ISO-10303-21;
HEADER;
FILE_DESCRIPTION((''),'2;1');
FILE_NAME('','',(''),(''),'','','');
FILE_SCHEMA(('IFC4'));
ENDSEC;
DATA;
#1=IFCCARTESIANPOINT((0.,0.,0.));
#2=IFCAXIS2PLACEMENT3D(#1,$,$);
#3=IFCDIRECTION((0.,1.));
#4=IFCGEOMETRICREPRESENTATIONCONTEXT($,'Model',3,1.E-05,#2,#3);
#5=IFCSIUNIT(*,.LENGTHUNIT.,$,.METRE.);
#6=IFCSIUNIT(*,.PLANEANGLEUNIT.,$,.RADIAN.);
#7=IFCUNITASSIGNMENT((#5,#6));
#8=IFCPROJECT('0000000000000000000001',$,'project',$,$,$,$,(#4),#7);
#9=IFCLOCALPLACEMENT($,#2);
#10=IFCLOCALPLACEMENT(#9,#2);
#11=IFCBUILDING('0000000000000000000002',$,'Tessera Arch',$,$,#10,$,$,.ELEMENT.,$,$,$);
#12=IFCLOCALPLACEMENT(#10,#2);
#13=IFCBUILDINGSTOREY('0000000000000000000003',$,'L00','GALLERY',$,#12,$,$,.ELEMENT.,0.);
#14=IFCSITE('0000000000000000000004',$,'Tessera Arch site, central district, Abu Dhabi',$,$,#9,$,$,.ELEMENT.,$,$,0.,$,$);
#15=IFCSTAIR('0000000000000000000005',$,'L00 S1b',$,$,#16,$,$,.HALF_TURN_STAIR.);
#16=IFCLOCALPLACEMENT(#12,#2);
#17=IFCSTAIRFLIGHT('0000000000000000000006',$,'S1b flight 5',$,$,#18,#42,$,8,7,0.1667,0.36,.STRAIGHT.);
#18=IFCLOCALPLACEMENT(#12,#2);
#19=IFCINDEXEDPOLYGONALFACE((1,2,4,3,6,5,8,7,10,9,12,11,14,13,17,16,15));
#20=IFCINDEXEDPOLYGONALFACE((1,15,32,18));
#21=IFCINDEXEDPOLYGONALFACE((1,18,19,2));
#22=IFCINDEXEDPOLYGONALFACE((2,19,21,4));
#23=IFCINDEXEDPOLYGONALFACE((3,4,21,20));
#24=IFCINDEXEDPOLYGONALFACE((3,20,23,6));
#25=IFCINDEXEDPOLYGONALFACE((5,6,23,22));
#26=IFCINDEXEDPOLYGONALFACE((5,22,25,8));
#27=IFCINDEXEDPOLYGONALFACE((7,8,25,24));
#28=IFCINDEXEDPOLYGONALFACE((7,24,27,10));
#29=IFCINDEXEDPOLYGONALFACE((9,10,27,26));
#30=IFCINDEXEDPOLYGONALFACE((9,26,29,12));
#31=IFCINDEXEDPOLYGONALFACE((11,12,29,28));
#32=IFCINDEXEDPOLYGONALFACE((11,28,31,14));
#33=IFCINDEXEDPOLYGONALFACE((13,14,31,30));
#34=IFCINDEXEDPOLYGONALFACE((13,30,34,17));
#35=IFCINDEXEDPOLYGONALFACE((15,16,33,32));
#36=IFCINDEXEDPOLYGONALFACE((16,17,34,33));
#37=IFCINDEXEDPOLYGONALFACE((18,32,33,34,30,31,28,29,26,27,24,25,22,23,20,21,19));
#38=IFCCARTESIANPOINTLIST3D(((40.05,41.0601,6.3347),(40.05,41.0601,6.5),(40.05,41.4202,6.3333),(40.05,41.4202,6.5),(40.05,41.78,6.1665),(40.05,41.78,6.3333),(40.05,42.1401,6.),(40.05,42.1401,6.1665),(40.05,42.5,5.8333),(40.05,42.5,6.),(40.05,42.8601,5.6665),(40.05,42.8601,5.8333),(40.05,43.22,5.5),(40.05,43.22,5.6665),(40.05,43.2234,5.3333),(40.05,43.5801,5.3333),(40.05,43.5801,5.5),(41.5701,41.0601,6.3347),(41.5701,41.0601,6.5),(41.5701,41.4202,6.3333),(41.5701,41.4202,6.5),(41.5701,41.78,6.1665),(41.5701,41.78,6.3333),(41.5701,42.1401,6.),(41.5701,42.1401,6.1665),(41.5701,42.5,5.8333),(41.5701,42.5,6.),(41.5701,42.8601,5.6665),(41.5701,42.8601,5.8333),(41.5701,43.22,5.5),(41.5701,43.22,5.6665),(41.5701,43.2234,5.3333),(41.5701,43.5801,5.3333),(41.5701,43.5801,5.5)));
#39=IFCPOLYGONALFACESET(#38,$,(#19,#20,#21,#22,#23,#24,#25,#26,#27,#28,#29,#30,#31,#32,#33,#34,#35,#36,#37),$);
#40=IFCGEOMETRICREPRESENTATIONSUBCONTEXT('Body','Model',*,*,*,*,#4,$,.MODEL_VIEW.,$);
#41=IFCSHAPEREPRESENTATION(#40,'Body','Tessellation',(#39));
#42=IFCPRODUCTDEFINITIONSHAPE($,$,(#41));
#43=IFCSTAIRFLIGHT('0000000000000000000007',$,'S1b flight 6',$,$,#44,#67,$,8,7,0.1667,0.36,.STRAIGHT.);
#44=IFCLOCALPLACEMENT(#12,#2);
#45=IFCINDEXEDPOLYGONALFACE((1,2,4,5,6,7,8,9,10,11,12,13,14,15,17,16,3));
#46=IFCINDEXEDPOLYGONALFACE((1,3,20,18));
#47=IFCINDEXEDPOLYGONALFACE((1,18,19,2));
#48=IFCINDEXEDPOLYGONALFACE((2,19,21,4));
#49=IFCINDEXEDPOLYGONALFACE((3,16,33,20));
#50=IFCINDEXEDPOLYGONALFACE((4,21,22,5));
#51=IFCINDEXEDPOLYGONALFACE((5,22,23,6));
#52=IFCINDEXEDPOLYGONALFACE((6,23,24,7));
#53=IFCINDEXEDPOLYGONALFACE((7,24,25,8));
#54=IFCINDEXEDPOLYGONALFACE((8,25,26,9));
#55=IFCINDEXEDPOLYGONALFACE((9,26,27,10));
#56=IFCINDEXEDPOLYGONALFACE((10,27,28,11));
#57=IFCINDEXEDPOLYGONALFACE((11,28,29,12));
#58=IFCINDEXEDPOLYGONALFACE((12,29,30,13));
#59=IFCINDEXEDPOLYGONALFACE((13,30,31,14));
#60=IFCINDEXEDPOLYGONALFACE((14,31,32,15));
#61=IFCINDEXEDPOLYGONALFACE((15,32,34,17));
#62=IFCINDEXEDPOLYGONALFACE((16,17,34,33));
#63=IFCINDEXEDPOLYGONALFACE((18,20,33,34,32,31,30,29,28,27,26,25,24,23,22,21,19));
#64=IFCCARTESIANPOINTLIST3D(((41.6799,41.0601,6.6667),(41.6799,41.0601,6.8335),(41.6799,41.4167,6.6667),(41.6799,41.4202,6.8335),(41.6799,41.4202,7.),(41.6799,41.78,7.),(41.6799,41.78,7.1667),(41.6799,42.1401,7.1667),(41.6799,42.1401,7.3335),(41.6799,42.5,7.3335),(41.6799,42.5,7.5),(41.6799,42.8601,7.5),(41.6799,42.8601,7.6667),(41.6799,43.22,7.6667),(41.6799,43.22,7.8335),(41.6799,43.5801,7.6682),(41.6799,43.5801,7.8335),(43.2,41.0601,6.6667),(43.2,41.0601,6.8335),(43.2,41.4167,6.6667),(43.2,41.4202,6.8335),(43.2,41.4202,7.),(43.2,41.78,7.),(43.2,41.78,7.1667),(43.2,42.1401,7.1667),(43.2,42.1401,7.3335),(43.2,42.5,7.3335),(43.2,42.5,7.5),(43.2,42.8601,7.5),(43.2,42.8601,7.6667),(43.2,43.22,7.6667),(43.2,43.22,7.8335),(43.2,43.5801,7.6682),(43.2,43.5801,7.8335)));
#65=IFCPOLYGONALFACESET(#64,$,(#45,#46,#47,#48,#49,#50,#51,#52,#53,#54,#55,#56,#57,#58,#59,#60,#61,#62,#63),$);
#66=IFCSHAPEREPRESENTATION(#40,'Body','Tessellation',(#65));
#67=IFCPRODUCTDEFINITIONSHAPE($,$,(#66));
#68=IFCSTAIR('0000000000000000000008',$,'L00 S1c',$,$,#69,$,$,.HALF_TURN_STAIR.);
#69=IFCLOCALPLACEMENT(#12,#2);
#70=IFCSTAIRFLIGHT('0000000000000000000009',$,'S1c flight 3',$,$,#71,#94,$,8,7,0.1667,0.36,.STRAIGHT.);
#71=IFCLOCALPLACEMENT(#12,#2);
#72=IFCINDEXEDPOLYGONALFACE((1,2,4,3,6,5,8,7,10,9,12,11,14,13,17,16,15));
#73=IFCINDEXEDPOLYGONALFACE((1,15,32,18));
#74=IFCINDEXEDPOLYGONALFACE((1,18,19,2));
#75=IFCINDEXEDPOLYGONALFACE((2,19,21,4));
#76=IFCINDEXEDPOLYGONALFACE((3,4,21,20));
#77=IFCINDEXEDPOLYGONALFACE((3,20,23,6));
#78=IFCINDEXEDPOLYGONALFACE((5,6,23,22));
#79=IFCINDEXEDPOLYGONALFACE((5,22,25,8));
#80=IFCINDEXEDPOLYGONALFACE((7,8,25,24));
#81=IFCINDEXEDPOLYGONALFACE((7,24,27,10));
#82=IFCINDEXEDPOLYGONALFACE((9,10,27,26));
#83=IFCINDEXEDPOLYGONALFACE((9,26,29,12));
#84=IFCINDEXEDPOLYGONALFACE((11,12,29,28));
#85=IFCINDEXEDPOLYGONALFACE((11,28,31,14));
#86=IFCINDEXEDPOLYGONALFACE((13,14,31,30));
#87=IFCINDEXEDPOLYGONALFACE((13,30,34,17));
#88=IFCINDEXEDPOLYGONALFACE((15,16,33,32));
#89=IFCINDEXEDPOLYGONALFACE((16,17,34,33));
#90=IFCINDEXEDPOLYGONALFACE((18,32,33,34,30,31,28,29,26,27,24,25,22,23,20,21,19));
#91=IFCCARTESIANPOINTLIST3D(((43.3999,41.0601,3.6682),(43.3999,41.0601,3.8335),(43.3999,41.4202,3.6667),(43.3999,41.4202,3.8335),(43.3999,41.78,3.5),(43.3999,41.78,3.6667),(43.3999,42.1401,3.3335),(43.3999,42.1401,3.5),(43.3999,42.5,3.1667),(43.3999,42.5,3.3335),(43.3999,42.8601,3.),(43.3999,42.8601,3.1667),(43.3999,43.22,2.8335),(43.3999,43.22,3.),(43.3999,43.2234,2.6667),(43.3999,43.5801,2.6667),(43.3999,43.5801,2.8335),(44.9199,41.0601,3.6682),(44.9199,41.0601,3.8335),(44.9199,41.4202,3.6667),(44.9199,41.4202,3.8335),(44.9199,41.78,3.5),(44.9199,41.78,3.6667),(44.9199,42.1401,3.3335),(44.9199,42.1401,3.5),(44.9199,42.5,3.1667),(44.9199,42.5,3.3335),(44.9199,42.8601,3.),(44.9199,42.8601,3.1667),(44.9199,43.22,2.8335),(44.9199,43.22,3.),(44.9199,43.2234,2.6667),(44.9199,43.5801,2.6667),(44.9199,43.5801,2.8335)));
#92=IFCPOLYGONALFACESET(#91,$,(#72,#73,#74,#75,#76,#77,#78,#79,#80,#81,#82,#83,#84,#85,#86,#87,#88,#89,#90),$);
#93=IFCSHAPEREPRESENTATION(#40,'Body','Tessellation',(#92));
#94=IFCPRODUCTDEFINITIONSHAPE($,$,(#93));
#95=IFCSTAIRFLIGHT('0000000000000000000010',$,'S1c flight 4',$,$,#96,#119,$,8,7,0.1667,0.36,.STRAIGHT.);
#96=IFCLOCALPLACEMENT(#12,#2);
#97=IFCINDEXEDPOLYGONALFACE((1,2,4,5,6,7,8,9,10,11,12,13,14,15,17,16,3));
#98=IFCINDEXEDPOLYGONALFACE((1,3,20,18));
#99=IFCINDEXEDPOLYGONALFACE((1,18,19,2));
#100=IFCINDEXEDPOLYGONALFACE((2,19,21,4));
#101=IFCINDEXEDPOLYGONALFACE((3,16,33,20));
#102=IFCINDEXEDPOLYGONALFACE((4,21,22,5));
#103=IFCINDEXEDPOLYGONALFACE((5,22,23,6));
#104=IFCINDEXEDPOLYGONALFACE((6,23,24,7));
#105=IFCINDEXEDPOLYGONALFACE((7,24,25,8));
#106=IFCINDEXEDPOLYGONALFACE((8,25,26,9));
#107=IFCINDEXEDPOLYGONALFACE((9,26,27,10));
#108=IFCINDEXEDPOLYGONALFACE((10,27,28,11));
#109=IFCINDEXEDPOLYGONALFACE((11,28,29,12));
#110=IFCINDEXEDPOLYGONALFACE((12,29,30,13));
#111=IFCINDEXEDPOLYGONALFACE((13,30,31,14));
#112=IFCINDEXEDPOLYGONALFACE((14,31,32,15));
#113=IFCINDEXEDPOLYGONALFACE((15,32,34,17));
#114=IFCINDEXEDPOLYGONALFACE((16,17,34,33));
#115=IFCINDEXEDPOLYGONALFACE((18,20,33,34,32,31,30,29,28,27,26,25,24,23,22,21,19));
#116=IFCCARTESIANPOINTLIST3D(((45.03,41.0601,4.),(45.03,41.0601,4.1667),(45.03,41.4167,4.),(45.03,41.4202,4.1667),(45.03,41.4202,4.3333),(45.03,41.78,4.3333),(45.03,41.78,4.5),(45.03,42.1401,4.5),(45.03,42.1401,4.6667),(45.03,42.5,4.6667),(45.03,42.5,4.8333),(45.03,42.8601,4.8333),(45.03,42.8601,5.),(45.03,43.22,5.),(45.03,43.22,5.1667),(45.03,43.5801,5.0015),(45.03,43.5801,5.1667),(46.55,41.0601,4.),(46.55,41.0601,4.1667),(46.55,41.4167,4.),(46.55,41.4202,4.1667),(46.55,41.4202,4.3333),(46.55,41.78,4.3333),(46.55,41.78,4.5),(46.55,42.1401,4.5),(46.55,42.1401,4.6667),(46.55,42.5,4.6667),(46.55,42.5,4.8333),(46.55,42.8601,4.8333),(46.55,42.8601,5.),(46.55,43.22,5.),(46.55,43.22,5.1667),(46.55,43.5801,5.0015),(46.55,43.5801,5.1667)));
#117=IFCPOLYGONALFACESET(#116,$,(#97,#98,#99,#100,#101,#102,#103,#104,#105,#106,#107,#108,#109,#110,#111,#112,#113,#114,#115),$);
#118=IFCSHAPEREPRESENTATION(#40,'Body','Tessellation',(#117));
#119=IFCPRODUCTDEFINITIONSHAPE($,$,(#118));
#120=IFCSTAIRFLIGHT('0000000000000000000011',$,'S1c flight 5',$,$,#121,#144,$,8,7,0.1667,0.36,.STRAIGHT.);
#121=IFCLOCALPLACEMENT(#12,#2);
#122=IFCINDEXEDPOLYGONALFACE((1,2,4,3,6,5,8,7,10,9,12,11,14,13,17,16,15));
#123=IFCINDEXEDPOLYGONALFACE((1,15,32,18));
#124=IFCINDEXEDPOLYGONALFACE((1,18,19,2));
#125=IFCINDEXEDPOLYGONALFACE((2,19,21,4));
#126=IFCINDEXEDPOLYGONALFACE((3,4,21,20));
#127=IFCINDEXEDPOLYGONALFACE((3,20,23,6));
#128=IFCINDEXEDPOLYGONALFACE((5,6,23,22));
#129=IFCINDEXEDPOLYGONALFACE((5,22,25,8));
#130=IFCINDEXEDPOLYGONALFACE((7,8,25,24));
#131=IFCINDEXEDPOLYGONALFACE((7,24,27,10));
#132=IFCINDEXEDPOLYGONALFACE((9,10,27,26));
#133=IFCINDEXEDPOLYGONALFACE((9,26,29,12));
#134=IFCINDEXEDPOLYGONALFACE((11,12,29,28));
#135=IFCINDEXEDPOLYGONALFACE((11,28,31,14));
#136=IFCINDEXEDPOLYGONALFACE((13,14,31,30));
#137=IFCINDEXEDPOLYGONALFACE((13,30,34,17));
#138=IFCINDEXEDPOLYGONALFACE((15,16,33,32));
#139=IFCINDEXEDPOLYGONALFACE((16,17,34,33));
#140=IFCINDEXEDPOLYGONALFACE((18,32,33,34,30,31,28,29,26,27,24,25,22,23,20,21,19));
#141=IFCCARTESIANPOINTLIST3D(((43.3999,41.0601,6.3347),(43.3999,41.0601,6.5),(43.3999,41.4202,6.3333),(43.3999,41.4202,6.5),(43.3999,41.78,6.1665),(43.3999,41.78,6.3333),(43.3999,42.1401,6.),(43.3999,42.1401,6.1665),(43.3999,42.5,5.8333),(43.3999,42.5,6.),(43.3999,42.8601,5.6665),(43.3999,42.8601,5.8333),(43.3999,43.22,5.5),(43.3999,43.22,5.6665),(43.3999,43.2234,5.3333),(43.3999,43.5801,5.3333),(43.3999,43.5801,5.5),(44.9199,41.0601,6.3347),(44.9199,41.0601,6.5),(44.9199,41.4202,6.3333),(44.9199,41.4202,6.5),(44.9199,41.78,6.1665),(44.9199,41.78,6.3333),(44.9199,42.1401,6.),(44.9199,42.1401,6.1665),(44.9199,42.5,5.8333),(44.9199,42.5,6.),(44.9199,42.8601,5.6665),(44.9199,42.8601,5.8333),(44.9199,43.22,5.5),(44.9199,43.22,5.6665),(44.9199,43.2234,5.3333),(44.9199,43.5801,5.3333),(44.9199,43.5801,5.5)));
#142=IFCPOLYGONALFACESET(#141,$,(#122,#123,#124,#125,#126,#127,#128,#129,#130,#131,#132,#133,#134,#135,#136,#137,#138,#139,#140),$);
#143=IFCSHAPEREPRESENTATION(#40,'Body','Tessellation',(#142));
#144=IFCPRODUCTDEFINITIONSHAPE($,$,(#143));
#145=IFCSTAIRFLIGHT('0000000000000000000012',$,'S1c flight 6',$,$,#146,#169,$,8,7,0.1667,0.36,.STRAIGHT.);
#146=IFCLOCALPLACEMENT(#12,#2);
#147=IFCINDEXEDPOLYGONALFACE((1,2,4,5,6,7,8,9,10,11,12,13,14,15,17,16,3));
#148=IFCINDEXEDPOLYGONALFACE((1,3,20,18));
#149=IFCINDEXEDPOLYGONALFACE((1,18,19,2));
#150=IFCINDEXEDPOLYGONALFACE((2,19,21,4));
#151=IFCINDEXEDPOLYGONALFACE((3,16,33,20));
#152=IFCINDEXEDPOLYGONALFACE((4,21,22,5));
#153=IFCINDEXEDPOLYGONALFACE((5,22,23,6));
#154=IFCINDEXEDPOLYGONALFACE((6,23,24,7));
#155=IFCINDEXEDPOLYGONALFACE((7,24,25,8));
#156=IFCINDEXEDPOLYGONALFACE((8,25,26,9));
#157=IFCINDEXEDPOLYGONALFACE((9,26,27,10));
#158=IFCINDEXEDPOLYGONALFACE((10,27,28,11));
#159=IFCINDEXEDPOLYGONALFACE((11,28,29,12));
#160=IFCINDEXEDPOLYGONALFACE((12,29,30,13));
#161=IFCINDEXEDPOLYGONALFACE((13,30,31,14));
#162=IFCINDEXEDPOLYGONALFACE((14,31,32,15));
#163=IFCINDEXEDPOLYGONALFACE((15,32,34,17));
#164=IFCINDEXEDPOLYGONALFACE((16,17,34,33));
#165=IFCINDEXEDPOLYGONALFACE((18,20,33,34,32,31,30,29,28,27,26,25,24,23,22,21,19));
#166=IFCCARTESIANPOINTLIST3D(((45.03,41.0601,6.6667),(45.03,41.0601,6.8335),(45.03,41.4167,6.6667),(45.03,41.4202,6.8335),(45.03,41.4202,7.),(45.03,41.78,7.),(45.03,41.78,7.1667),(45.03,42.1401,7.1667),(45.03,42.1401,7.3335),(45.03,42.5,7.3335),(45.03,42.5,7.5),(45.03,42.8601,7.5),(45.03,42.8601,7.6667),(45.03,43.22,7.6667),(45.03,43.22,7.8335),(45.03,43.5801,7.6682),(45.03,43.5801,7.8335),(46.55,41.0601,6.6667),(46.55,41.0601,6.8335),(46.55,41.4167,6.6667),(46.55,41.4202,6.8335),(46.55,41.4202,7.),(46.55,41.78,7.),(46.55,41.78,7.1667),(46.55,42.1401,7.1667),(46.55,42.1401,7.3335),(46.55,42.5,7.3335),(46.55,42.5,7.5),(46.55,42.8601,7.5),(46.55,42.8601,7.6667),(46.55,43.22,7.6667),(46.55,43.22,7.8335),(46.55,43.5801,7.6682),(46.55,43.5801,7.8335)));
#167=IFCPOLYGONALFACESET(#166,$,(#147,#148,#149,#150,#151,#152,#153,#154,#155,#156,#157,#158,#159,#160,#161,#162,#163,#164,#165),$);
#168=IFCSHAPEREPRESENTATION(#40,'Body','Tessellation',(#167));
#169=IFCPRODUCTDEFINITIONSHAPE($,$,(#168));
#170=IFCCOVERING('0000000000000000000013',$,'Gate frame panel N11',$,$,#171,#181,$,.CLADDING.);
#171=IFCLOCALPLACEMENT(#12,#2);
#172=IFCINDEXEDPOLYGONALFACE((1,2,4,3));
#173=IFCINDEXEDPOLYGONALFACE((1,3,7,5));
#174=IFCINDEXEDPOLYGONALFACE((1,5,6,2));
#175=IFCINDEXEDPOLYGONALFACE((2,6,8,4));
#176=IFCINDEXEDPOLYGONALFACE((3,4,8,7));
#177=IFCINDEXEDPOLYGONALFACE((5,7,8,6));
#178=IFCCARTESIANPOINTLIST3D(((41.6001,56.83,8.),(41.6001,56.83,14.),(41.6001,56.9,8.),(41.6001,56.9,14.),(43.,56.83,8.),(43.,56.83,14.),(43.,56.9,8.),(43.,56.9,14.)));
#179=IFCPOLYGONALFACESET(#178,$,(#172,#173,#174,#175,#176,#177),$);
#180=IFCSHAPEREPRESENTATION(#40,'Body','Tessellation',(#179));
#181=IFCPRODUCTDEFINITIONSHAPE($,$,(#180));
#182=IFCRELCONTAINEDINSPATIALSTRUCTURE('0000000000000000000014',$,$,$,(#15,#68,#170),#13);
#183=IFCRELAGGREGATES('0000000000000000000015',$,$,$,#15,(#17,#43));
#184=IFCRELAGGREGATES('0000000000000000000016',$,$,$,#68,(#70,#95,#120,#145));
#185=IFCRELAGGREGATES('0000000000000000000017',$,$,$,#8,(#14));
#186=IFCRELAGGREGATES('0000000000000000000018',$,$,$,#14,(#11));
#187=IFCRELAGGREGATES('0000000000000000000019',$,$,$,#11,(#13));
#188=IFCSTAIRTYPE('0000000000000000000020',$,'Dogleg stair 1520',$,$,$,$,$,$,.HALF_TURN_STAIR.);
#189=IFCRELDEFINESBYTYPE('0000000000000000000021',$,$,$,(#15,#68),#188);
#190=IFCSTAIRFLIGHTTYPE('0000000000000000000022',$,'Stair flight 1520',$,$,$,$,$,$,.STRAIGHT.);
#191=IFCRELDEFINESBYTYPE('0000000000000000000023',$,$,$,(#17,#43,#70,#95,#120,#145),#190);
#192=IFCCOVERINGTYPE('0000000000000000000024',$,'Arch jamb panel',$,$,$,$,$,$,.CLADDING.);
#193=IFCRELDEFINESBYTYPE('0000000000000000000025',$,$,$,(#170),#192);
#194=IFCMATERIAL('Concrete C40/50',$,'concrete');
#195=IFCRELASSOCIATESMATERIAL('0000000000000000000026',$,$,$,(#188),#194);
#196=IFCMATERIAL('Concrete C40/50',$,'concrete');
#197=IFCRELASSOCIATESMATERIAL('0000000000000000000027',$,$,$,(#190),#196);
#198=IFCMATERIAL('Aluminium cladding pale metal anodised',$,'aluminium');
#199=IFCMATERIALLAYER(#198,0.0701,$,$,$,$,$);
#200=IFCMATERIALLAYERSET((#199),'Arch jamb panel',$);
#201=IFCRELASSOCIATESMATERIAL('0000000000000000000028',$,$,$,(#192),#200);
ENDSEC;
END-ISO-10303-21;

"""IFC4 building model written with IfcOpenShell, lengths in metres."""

from ifc_helpers import new_model, si_unit, direction, frame, origin, origin_2d, place, context, subcontext, project, spatial, polyline, rectangle, outline, extrude, material, layer, layer_set, type_object, element, aggregate, save


model = new_model("IFC4")

# Units and contexts
model_context = context("Model", 3, precision=1e-05, world=origin(), true_north=direction((0.0, 1.0)))
body_context = subcontext(model_context, "Body", "Model", "MODEL_VIEW")
ifc_project = project(units=[si_unit("LENGTHUNIT", "METRE"), si_unit("PLANEANGLEUNIT", "RADIAN")], contexts=[model_context])

# Site, building, storey
site_placement = place(None, origin())
site = spatial("IfcSite", under=ifc_project, at=site_placement, Name="Tessera Arch site, central district, Abu Dhabi", CompositionType="ELEMENT", RefElevation=0.0)
building_placement = place(site_placement, origin())
building = spatial("IfcBuilding", under=site, at=building_placement, Name="Tessera Arch", CompositionType="ELEMENT")
storey_placement = place(building_placement, origin())
storey = spatial("IfcBuildingStorey", under=building, at=storey_placement, Name="L00", Description="GALLERY", CompositionType="ELEMENT", Elevation=0.0)

# Stairs, stair flights
ifc_material_1 = material(Name="Concrete C40/50", Category="concrete")
stair_type = type_object("IfcStairType", Name="Dogleg stair 1520", PredefinedType="HALF_TURN_STAIR", material=ifc_material_1)
stair_1_placement = place(storey_placement, origin())
stair_1 = element("IfcStair", 1, at=stair_1_placement, inside=storey, type_object=stair_type, Name="L00 S1b", PredefinedType="HALF_TURN_STAIR")
ifc_material_2 = material(Name="Concrete C40/50", Category="concrete")
stair_flight_type = type_object("IfcStairFlightType", Name="Stair flight 1520", PredefinedType="STRAIGHT", material=ifc_material_2)
stair_flight_1_placement = place(storey_placement, frame((40.8101, 43.5801, 5.3333), z_axis=(0.0, 0.0, 1.0), x_axis=(0.0, -1.0, 0.0)))
stair_flight_1 = element("IfcStairFlight", 2, at=stair_flight_1_placement, type_object=stair_flight_type, Name="S1b flight 5", NumberOfRisers=8, NumberOfTreads=7, PredefinedType="STRAIGHT", RiserHeight=0.1667, TreadLength=0.36, context=body_context, shape_type="SweptSolid", body=[
    extrude(outline(polyline([(0.0, 0.0), (0.0, 0.1667), (0.3601, 0.1667), (0.3601, 0.3333), (0.72, 0.3333), (0.72, 0.5), (1.0801, 0.5), (1.0801, 0.6667), (1.4399, 0.6667), (1.4399, 0.8333), (1.8, 0.8333), (1.8, 1.0), (2.1599, 1.0), (2.1599, 1.1667), (2.52, 1.1667), (2.52, 1.3333), (2.52, 1.0015), (0.3567, 0.0), (0.0, 0.0)])), frame((0.0, 0.76, 0.0), z_axis=(0.0, -1.0, 0.0), x_axis=(1.0, 0.0, 0.0)), (0.0, 0.0, 1.0), 1.52),
])
stair_flight_2_placement = place(storey_placement, frame((42.4399, 41.0601, 6.6667), z_axis=(0.0, 0.0, 1.0), x_axis=(0.0, 1.0, 0.0)))
stair_flight_2 = element("IfcStairFlight", 3, at=stair_flight_2_placement, type_object=stair_flight_type, Name="S1b flight 6", NumberOfRisers=8, NumberOfTreads=7, PredefinedType="STRAIGHT", RiserHeight=0.1667, TreadLength=0.36, context=body_context, shape_type="SweptSolid", body=[
    extrude(outline(polyline([(0.0, 0.0), (0.0, 0.1667), (0.3601, 0.1667), (0.3601, 0.3333), (0.72, 0.3333), (0.72, 0.5), (1.0801, 0.5), (1.0801, 0.6667), (1.4399, 0.6667), (1.4399, 0.8333), (1.8, 0.8333), (1.8, 1.0), (2.1599, 1.0), (2.1599, 1.1667), (2.52, 1.1667), (2.52, 1.3333), (2.52, 1.0015), (0.3567, 0.0), (0.0, 0.0)])), frame((0.0, 0.76, 0.0), z_axis=(0.0, -1.0, 0.0), x_axis=(1.0, 0.0, 0.0)), (0.0, 0.0, 1.0), 1.52),
])
aggregate(stair_1, [stair_flight_1, stair_flight_2])
stair_2_placement = place(storey_placement, origin())
stair_2 = element("IfcStair", 4, at=stair_2_placement, inside=storey, type_object=stair_type, Name="L00 S1c", PredefinedType="HALF_TURN_STAIR")
stair_flight_3_placement = place(storey_placement, frame((44.1599, 43.5801, 2.6667), z_axis=(0.0, 0.0, 1.0), x_axis=(0.0, -1.0, 0.0)))
stair_flight_3 = element("IfcStairFlight", 5, at=stair_flight_3_placement, type_object=stair_flight_type, Name="S1c flight 3", NumberOfRisers=8, NumberOfTreads=7, PredefinedType="STRAIGHT", RiserHeight=0.1667, TreadLength=0.36, context=body_context, shape_type="SweptSolid", body=[
    extrude(outline(polyline([(0.0, 0.0), (0.0, 0.1667), (0.3601, 0.1667), (0.3601, 0.3333), (0.72, 0.3333), (0.72, 0.5), (1.0801, 0.5), (1.0801, 0.6667), (1.4399, 0.6667), (1.4399, 0.8333), (1.8, 0.8333), (1.8, 1.0), (2.1599, 1.0), (2.1599, 1.1667), (2.52, 1.1667), (2.52, 1.3333), (2.52, 1.0015), (0.3567, 0.0), (0.0, 0.0)])), frame((0.0, 0.76, 0.0), z_axis=(0.0, -1.0, 0.0), x_axis=(1.0, 0.0, 0.0)), (0.0, 0.0, 1.0), 1.52),
])
stair_flight_4_placement = place(storey_placement, frame((45.79, 41.0601, 4.0), z_axis=(0.0, 0.0, 1.0), x_axis=(0.0, 1.0, 0.0)))
stair_flight_4 = element("IfcStairFlight", 6, at=stair_flight_4_placement, type_object=stair_flight_type, Name="S1c flight 4", NumberOfRisers=8, NumberOfTreads=7, PredefinedType="STRAIGHT", RiserHeight=0.1667, TreadLength=0.36, context=body_context, shape_type="SweptSolid", body=[
    extrude(outline(polyline([(0.0, 0.0), (0.0, 0.1667), (0.3601, 0.1667), (0.3601, 0.3333), (0.72, 0.3333), (0.72, 0.5), (1.0801, 0.5), (1.0801, 0.6667), (1.4399, 0.6667), (1.4399, 0.8333), (1.8, 0.8333), (1.8, 1.0), (2.1599, 1.0), (2.1599, 1.1667), (2.52, 1.1667), (2.52, 1.3333), (2.52, 1.0015), (0.3567, 0.0), (0.0, 0.0)])), frame((0.0, 0.76, 0.0), z_axis=(0.0, -1.0, 0.0), x_axis=(1.0, 0.0, 0.0)), (0.0, 0.0, 1.0), 1.52),
])
stair_flight_5_placement = place(storey_placement, frame((44.1599, 43.5801, 5.3333), z_axis=(0.0, 0.0, 1.0), x_axis=(0.0, -1.0, 0.0)))
stair_flight_5 = element("IfcStairFlight", 7, at=stair_flight_5_placement, type_object=stair_flight_type, Name="S1c flight 5", NumberOfRisers=8, NumberOfTreads=7, PredefinedType="STRAIGHT", RiserHeight=0.1667, TreadLength=0.36, context=body_context, shape_type="SweptSolid", body=[
    extrude(outline(polyline([(0.0, 0.0), (0.0, 0.1667), (0.3601, 0.1667), (0.3601, 0.3333), (0.72, 0.3333), (0.72, 0.5), (1.0801, 0.5), (1.0801, 0.6667), (1.4399, 0.6667), (1.4399, 0.8333), (1.8, 0.8333), (1.8, 1.0), (2.1599, 1.0), (2.1599, 1.1667), (2.52, 1.1667), (2.52, 1.3333), (2.52, 1.0015), (0.3567, 0.0), (0.0, 0.0)])), frame((0.0, 0.76, 0.0), z_axis=(0.0, -1.0, 0.0), x_axis=(1.0, 0.0, 0.0)), (0.0, 0.0, 1.0), 1.52),
])
stair_flight_6_placement = place(storey_placement, frame((45.79, 41.0601, 6.6667), z_axis=(0.0, 0.0, 1.0), x_axis=(0.0, 1.0, 0.0)))
stair_flight_6 = element("IfcStairFlight", 8, at=stair_flight_6_placement, type_object=stair_flight_type, Name="S1c flight 6", NumberOfRisers=8, NumberOfTreads=7, PredefinedType="STRAIGHT", RiserHeight=0.1667, TreadLength=0.36, context=body_context, shape_type="SweptSolid", body=[
    extrude(outline(polyline([(0.0, 0.0), (0.0, 0.1667), (0.3601, 0.1667), (0.3601, 0.3333), (0.72, 0.3333), (0.72, 0.5), (1.0801, 0.5), (1.0801, 0.6667), (1.4399, 0.6667), (1.4399, 0.8333), (1.8, 0.8333), (1.8, 1.0), (2.1599, 1.0), (2.1599, 1.1667), (2.52, 1.1667), (2.52, 1.3333), (2.52, 1.0015), (0.3567, 0.0), (0.0, 0.0)])), frame((0.0, 0.76, 0.0), z_axis=(0.0, -1.0, 0.0), x_axis=(1.0, 0.0, 0.0)), (0.0, 0.0, 1.0), 1.52),
])
aggregate(stair_2, [stair_flight_3, stair_flight_4, stair_flight_5, stair_flight_6])

# Covering
ifc_material_3 = material(Name="Aluminium cladding pale metal anodised", Category="aluminium")
ifc_layer_1 = layer(ifc_material_3, 0.0701)
ifc_layer_set_1 = layer_set([ifc_layer_1], Name="Arch jamb panel")
covering_type = type_object("IfcCoveringType", Name="Arch jamb panel", PredefinedType="CLADDING", material=ifc_layer_set_1)
covering_1_placement = place(storey_placement, frame((42.3, 56.865, 8.0), z_axis=(0.0, 0.0, 1.0), x_axis=(1.0, 0.0, 0.0)))
element("IfcCovering", 9, at=covering_1_placement, inside=storey, type_object=covering_type, Name="Gate frame panel N11", PredefinedType="CLADDING", context=body_context, shape_type="SweptSolid", body=[
    extrude(rectangle(XDim=1.3999, YDim=0.0701, at=origin_2d()), origin(), (0.0, 0.0, 1.0), 6.0),
])

save(model, "model.ifc")
